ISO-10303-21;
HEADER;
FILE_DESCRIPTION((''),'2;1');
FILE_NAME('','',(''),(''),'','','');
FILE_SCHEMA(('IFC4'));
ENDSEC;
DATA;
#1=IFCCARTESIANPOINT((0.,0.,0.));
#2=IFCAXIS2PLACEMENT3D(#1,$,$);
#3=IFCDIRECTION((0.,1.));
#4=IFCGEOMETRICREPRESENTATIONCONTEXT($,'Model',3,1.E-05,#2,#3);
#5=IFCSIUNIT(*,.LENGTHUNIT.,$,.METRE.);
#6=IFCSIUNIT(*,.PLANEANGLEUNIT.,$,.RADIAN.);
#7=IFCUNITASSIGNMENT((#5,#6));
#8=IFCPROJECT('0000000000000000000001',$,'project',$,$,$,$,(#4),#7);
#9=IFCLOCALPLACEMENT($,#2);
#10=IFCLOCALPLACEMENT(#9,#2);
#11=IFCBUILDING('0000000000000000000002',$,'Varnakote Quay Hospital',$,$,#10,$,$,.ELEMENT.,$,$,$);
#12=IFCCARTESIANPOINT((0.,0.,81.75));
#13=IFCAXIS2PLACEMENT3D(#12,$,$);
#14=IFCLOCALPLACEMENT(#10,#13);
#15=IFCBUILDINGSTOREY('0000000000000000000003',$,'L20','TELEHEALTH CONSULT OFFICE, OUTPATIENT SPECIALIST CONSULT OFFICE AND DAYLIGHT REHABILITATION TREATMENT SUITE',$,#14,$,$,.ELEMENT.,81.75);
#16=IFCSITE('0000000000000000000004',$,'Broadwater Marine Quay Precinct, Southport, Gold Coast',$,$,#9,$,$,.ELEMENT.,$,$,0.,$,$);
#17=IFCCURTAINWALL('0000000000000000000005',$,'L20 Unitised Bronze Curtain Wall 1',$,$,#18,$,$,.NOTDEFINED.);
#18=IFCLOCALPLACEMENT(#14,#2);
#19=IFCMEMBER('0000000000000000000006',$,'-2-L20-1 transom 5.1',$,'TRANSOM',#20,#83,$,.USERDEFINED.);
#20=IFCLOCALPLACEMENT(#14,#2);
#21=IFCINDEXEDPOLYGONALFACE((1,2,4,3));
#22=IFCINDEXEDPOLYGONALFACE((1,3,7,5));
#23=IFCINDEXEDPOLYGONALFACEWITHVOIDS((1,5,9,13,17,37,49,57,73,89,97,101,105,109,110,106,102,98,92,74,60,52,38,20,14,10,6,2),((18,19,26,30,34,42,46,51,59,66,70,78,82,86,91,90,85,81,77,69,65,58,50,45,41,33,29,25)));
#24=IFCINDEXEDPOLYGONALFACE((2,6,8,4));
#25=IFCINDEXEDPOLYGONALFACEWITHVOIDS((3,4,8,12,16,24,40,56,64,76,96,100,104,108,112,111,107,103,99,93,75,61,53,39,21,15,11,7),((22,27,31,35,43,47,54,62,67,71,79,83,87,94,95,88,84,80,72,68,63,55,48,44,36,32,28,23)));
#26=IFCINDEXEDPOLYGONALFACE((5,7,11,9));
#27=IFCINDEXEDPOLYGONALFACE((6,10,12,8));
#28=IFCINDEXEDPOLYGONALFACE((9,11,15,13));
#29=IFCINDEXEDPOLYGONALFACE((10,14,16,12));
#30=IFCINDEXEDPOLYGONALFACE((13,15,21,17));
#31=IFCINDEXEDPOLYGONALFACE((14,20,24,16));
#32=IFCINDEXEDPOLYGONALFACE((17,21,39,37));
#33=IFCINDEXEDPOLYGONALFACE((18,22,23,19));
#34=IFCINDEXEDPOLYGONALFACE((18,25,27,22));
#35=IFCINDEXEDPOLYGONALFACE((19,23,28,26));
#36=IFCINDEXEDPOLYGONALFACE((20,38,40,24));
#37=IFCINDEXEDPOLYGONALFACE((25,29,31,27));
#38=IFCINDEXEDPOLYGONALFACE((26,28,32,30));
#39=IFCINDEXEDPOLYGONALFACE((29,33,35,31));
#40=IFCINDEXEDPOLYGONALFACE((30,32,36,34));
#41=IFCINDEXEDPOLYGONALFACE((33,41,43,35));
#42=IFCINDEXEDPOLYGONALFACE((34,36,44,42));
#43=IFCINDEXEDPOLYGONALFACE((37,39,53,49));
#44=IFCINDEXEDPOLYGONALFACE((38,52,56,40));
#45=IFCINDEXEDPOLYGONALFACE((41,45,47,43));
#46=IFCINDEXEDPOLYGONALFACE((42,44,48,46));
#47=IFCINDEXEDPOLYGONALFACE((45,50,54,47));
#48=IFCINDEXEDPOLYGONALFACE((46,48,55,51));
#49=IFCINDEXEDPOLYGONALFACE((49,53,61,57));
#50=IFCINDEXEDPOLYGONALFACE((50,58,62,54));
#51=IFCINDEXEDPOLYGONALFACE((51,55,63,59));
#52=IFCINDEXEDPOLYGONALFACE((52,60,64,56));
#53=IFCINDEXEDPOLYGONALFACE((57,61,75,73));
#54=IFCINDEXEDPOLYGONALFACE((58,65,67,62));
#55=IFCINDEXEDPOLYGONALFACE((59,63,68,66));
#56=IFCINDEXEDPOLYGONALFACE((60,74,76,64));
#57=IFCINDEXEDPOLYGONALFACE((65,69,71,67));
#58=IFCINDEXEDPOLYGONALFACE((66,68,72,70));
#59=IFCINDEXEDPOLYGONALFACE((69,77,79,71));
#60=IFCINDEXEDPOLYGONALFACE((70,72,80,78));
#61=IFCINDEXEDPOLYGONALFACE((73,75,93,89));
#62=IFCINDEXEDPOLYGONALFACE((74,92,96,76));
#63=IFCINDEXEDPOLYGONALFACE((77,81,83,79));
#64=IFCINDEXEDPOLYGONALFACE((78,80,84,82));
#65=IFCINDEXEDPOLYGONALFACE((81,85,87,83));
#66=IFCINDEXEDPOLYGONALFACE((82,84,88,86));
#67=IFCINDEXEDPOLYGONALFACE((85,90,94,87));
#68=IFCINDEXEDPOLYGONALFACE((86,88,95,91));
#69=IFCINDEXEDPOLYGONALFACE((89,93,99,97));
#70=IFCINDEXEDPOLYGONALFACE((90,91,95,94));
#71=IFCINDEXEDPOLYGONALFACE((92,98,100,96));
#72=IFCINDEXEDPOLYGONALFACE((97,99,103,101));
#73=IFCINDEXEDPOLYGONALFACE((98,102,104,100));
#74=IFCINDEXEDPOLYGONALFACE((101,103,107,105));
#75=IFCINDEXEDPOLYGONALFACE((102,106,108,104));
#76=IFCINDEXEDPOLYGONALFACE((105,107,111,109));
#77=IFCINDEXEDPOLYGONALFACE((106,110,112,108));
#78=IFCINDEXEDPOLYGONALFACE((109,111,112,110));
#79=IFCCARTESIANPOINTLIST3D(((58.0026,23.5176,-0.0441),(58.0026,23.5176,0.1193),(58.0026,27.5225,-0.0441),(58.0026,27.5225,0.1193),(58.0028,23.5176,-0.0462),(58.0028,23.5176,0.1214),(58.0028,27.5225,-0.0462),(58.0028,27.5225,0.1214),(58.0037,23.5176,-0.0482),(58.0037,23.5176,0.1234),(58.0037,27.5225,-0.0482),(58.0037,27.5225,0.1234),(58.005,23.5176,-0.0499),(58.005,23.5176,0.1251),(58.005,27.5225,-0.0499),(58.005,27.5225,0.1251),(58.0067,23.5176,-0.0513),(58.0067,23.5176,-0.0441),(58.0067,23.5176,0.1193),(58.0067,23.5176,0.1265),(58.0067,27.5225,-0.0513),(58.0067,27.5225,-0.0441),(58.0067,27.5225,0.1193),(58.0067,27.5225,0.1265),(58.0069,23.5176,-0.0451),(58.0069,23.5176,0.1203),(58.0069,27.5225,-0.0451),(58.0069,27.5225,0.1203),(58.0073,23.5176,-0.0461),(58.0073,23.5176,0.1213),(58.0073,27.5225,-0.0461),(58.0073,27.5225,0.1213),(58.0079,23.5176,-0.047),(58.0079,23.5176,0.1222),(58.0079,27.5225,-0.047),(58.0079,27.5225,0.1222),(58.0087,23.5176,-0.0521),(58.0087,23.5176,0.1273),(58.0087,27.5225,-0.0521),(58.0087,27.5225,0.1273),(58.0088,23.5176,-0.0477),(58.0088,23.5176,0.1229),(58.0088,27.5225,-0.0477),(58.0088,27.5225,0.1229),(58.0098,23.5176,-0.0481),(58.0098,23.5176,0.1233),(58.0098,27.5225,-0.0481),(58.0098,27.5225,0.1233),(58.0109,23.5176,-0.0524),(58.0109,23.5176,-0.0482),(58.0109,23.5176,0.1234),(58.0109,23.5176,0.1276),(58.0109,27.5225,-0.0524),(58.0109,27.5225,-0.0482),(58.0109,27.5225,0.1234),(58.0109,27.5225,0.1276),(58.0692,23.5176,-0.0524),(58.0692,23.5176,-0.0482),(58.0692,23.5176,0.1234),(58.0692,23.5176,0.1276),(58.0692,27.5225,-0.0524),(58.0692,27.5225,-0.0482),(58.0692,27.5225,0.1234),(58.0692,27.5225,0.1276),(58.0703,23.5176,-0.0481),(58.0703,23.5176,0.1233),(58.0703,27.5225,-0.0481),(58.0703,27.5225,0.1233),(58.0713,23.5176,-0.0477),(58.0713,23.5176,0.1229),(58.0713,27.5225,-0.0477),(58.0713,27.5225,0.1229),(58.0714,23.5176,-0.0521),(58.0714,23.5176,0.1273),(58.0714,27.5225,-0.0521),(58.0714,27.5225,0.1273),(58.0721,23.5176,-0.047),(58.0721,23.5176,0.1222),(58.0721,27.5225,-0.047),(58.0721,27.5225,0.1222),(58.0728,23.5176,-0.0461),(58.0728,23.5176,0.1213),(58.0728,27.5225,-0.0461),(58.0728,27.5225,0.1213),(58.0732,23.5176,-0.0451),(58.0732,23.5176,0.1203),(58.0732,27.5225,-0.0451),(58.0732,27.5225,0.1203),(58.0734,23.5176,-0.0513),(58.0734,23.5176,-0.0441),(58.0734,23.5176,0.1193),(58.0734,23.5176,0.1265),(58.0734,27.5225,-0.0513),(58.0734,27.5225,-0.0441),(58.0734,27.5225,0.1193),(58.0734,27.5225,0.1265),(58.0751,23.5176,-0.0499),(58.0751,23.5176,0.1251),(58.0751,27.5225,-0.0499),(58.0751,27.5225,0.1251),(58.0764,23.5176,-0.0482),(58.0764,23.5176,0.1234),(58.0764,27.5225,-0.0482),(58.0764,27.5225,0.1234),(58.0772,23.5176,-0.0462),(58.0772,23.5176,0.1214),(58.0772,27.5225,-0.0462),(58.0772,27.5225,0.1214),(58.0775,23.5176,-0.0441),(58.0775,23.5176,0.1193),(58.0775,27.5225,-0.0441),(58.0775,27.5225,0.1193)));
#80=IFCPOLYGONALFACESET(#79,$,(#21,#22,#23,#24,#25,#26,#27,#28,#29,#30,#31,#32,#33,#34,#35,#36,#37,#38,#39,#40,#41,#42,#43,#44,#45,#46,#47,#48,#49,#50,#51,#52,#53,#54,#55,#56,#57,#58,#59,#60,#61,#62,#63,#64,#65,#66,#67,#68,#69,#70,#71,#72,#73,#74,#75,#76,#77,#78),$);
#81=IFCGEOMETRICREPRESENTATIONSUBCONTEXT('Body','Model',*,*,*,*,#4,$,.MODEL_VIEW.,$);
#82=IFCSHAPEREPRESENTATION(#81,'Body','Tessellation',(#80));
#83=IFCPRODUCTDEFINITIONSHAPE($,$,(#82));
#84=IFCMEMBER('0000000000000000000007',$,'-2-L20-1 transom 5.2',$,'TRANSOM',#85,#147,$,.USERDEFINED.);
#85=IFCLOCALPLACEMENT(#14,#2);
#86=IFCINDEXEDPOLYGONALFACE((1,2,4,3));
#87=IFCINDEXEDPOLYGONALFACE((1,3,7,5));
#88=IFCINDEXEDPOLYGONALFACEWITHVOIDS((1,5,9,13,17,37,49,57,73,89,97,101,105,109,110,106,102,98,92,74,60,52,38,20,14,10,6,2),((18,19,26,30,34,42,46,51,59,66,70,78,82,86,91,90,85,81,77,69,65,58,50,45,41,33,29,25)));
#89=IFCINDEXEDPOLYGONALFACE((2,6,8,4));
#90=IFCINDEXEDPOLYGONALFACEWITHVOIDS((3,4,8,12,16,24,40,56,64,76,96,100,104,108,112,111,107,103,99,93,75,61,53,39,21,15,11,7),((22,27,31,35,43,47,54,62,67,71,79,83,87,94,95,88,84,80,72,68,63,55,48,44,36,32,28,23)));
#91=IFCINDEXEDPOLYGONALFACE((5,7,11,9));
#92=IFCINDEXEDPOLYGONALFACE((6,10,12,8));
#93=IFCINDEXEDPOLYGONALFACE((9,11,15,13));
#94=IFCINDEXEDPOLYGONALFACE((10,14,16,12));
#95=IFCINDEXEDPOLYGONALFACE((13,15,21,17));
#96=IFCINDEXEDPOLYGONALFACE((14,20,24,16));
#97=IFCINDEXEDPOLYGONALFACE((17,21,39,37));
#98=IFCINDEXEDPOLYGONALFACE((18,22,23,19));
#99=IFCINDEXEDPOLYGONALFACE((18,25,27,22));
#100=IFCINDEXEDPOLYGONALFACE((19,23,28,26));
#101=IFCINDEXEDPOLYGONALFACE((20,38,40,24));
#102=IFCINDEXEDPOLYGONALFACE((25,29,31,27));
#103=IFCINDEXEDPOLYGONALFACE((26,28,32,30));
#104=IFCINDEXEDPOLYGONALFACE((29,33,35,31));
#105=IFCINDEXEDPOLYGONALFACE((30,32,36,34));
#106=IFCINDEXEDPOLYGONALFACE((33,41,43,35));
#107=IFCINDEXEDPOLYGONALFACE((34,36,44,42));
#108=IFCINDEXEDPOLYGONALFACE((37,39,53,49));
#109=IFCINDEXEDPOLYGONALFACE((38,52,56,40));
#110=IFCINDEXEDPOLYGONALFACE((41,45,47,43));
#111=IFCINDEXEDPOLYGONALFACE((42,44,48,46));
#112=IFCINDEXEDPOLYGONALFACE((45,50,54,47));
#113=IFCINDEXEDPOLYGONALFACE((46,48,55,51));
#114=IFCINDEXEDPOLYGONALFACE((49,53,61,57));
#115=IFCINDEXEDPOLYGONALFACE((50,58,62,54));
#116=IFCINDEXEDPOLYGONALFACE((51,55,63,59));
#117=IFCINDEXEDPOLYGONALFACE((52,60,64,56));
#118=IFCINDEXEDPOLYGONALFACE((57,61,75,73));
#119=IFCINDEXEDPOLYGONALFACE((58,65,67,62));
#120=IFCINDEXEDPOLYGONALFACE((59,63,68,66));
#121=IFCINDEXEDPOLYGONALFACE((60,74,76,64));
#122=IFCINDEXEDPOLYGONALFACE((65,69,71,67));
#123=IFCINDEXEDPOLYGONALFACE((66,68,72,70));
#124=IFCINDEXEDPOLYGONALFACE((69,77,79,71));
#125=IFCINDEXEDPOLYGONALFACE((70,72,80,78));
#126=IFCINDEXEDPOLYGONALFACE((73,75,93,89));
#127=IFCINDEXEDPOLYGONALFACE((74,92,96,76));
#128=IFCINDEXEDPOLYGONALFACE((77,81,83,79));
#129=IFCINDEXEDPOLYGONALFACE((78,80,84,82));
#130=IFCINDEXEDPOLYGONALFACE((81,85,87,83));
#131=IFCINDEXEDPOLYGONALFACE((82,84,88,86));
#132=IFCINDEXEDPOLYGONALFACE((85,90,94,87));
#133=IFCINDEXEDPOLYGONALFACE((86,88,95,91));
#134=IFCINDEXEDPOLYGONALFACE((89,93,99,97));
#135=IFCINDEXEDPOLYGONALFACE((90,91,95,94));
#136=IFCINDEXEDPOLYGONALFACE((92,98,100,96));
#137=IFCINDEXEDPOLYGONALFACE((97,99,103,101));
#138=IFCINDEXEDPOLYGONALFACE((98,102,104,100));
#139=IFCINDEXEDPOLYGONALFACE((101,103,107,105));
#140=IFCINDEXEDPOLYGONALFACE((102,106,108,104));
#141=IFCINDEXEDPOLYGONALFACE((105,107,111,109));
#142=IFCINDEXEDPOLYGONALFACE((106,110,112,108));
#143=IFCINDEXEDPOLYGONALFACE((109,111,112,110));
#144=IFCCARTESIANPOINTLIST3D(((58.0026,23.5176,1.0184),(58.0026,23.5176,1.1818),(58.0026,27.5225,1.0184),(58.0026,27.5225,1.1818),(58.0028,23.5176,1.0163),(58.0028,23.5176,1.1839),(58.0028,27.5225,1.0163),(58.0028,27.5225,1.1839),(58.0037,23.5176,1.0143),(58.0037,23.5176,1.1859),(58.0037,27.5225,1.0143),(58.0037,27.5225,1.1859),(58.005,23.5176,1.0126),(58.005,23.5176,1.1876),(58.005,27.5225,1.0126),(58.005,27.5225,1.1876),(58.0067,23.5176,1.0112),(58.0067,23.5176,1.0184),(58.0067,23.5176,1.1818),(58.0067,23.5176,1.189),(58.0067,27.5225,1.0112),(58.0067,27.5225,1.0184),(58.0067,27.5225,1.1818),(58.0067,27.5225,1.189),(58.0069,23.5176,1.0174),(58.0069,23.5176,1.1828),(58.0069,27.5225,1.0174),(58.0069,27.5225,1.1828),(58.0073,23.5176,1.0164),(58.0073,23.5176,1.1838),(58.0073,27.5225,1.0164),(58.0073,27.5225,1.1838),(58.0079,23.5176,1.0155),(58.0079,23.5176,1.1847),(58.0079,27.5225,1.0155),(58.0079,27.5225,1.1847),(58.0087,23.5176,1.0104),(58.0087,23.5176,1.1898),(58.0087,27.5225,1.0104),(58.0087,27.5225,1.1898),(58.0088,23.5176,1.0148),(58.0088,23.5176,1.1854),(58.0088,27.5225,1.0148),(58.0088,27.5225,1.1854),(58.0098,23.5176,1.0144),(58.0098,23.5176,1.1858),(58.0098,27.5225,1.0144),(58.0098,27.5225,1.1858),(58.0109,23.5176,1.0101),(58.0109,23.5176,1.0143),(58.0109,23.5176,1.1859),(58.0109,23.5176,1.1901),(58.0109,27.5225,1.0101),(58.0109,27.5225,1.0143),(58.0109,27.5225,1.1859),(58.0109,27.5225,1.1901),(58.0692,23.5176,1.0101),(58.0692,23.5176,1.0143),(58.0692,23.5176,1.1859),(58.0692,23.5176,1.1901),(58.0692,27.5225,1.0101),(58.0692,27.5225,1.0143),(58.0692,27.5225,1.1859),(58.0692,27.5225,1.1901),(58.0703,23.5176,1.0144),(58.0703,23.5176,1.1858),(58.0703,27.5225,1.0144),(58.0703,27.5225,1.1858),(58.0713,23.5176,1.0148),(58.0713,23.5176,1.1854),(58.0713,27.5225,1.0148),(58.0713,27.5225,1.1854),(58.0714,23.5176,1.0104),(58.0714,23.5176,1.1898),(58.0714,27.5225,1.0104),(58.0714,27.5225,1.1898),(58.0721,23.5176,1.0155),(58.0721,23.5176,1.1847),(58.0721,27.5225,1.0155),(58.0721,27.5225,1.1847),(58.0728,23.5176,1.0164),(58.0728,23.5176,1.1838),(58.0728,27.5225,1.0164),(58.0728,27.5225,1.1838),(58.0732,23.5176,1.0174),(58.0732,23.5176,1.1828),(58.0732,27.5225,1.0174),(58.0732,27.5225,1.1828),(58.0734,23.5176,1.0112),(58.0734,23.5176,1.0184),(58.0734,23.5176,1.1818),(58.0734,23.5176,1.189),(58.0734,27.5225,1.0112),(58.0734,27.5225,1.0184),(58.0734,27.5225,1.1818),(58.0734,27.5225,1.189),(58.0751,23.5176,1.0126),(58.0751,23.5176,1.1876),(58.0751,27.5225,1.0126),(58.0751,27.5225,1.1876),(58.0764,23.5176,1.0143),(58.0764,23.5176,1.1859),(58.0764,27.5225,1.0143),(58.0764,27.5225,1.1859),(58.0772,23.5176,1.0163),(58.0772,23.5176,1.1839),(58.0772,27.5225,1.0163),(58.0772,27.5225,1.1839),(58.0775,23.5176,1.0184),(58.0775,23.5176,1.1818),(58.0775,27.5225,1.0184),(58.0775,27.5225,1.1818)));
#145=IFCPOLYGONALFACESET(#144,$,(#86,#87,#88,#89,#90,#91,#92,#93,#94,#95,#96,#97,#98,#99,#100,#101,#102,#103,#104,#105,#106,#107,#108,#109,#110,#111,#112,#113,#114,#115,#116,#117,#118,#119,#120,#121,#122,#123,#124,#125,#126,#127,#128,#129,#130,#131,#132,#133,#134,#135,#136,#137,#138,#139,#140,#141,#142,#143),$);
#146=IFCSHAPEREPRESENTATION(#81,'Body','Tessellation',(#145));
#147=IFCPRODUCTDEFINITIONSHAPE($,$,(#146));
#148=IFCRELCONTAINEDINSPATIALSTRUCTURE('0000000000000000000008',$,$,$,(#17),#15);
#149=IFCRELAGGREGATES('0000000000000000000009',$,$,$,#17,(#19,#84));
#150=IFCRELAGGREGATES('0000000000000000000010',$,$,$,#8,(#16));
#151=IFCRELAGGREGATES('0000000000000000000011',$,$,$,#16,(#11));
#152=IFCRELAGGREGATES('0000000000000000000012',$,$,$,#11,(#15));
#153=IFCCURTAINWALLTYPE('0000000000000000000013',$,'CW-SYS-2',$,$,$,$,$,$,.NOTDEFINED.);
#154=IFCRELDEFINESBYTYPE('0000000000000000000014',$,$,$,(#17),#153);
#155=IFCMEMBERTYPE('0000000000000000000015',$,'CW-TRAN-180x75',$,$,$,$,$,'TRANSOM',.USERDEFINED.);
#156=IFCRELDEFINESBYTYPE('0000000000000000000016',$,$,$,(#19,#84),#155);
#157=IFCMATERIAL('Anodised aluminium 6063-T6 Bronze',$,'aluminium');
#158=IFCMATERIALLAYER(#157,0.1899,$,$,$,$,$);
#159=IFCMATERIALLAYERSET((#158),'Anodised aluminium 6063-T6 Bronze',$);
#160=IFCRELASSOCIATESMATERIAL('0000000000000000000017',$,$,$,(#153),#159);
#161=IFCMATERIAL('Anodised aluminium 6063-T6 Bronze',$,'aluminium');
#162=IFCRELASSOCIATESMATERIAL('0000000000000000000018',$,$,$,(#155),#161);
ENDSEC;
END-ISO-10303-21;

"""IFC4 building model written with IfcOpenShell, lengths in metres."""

from ifc_helpers import new_model, si_unit, direction, frame, origin, origin_2d, place, context, subcontext, project, spatial, hollow_rectangle, extrude, material, layer, layer_set, material_profile, profile_set, type_object, element, aggregate, save


model = new_model("IFC4")

# Units and contexts
model_context = context("Model", 3, precision=1e-05, world=origin(), true_north=direction((0.0, 1.0)))
body_context = subcontext(model_context, "Body", "Model", "MODEL_VIEW")
ifc_project = project(units=[si_unit("LENGTHUNIT", "METRE"), si_unit("PLANEANGLEUNIT", "RADIAN")], contexts=[model_context])

# Site, building, storey
site_placement = place(None, origin())
site = spatial("IfcSite", under=ifc_project, at=site_placement, Name="Broadwater Marine Quay Precinct, Southport, Gold Coast", CompositionType="ELEMENT", RefElevation=0.0)
building_placement = place(site_placement, origin())
building = spatial("IfcBuilding", under=site, at=building_placement, Name="Varnakote Quay Hospital", CompositionType="ELEMENT")
storey_placement = place(building_placement, frame((0.0, 0.0, 81.75)))
storey = spatial("IfcBuildingStorey", under=building, at=storey_placement, Name="L20", Description="TELEHEALTH CONSULT OFFICE, OUTPATIENT SPECIALIST CONSULT OFFICE AND DAYLIGHT REHABILITATION TREATMENT SUITE", CompositionType="ELEMENT", Elevation=81.75)

# Curtain wall, members
ifc_material_1 = material(Name="Anodised aluminium 6063-T6 Bronze", Category="aluminium")
ifc_layer_1 = layer(ifc_material_1, 0.1899)
ifc_layer_set_1 = layer_set([ifc_layer_1], Name="Anodised aluminium 6063-T6 Bronze")
curtain_wall_type = type_object("IfcCurtainWallType", Name="CW-SYS-2", PredefinedType="NOTDEFINED", material=ifc_layer_set_1)
curtain_wall_placement = place(storey_placement, origin())
curtain_wall = element("IfcCurtainWall", 1, at=curtain_wall_placement, inside=storey, type_object=curtain_wall_type, Name="L20 Unitised Bronze Curtain Wall 1", PredefinedType="NOTDEFINED")
ifc_material_2 = material(Name="Anodised aluminium 6063-T6 Bronze", Category="aluminium")
ifc_material_profile_1 = material_profile(ifc_material_2, hollow_rectangle(XDim=0.075, YDim=0.1799, WallThickness=0.0042, InnerFilletRadius=0.0042, OuterFilletRadius=0.0083, at=origin_2d()), Name="CW-TRAN-180x75")
ifc_profile_set_1 = profile_set([ifc_material_profile_1], Name="Anodised aluminium 6063-T6 Bronze")
member_type_1 = type_object("IfcMemberType", Name="CW-TRAN-180x75", ElementType="TRANSOM", PredefinedType="USERDEFINED", material=ifc_profile_set_1)
member_1_placement = place(storey_placement, frame((58.04, 23.5176, 0.0376), z_axis=(0.0, 1.0, 0.0), x_axis=(-1.0, 0.0, 0.0)))
member_1 = element("IfcMember", 2, at=member_1_placement, type_object=member_type_1, Name="-2-L20-1 transom 5.1", ObjectType="TRANSOM", PredefinedType="USERDEFINED", context=body_context, shape_type="SweptSolid", body=[
    extrude(hollow_rectangle(XDim=0.075, YDim=0.1799, WallThickness=0.0042, InnerFilletRadius=0.0042, OuterFilletRadius=0.0083, at=origin_2d()), origin(), (0.0, 0.0, 1.0), 4.0049),
])
member_2_placement = place(storey_placement, frame((58.04, 23.5176, 1.1001), z_axis=(0.0, 1.0, 0.0), x_axis=(-1.0, 0.0, 0.0)))
member_2 = element("IfcMember", 3, at=member_2_placement, type_object=member_type_1, Name="-2-L20-1 transom 5.2", ObjectType="TRANSOM", PredefinedType="USERDEFINED", context=body_context, shape_type="SweptSolid", body=[
    extrude(hollow_rectangle(XDim=0.075, YDim=0.1799, WallThickness=0.0042, InnerFilletRadius=0.0042, OuterFilletRadius=0.0083, at=origin_2d()), origin(), (0.0, 0.0, 1.0), 4.0049),
])
aggregate(curtain_wall, [member_1, member_2])

save(model, "model.ifc")
